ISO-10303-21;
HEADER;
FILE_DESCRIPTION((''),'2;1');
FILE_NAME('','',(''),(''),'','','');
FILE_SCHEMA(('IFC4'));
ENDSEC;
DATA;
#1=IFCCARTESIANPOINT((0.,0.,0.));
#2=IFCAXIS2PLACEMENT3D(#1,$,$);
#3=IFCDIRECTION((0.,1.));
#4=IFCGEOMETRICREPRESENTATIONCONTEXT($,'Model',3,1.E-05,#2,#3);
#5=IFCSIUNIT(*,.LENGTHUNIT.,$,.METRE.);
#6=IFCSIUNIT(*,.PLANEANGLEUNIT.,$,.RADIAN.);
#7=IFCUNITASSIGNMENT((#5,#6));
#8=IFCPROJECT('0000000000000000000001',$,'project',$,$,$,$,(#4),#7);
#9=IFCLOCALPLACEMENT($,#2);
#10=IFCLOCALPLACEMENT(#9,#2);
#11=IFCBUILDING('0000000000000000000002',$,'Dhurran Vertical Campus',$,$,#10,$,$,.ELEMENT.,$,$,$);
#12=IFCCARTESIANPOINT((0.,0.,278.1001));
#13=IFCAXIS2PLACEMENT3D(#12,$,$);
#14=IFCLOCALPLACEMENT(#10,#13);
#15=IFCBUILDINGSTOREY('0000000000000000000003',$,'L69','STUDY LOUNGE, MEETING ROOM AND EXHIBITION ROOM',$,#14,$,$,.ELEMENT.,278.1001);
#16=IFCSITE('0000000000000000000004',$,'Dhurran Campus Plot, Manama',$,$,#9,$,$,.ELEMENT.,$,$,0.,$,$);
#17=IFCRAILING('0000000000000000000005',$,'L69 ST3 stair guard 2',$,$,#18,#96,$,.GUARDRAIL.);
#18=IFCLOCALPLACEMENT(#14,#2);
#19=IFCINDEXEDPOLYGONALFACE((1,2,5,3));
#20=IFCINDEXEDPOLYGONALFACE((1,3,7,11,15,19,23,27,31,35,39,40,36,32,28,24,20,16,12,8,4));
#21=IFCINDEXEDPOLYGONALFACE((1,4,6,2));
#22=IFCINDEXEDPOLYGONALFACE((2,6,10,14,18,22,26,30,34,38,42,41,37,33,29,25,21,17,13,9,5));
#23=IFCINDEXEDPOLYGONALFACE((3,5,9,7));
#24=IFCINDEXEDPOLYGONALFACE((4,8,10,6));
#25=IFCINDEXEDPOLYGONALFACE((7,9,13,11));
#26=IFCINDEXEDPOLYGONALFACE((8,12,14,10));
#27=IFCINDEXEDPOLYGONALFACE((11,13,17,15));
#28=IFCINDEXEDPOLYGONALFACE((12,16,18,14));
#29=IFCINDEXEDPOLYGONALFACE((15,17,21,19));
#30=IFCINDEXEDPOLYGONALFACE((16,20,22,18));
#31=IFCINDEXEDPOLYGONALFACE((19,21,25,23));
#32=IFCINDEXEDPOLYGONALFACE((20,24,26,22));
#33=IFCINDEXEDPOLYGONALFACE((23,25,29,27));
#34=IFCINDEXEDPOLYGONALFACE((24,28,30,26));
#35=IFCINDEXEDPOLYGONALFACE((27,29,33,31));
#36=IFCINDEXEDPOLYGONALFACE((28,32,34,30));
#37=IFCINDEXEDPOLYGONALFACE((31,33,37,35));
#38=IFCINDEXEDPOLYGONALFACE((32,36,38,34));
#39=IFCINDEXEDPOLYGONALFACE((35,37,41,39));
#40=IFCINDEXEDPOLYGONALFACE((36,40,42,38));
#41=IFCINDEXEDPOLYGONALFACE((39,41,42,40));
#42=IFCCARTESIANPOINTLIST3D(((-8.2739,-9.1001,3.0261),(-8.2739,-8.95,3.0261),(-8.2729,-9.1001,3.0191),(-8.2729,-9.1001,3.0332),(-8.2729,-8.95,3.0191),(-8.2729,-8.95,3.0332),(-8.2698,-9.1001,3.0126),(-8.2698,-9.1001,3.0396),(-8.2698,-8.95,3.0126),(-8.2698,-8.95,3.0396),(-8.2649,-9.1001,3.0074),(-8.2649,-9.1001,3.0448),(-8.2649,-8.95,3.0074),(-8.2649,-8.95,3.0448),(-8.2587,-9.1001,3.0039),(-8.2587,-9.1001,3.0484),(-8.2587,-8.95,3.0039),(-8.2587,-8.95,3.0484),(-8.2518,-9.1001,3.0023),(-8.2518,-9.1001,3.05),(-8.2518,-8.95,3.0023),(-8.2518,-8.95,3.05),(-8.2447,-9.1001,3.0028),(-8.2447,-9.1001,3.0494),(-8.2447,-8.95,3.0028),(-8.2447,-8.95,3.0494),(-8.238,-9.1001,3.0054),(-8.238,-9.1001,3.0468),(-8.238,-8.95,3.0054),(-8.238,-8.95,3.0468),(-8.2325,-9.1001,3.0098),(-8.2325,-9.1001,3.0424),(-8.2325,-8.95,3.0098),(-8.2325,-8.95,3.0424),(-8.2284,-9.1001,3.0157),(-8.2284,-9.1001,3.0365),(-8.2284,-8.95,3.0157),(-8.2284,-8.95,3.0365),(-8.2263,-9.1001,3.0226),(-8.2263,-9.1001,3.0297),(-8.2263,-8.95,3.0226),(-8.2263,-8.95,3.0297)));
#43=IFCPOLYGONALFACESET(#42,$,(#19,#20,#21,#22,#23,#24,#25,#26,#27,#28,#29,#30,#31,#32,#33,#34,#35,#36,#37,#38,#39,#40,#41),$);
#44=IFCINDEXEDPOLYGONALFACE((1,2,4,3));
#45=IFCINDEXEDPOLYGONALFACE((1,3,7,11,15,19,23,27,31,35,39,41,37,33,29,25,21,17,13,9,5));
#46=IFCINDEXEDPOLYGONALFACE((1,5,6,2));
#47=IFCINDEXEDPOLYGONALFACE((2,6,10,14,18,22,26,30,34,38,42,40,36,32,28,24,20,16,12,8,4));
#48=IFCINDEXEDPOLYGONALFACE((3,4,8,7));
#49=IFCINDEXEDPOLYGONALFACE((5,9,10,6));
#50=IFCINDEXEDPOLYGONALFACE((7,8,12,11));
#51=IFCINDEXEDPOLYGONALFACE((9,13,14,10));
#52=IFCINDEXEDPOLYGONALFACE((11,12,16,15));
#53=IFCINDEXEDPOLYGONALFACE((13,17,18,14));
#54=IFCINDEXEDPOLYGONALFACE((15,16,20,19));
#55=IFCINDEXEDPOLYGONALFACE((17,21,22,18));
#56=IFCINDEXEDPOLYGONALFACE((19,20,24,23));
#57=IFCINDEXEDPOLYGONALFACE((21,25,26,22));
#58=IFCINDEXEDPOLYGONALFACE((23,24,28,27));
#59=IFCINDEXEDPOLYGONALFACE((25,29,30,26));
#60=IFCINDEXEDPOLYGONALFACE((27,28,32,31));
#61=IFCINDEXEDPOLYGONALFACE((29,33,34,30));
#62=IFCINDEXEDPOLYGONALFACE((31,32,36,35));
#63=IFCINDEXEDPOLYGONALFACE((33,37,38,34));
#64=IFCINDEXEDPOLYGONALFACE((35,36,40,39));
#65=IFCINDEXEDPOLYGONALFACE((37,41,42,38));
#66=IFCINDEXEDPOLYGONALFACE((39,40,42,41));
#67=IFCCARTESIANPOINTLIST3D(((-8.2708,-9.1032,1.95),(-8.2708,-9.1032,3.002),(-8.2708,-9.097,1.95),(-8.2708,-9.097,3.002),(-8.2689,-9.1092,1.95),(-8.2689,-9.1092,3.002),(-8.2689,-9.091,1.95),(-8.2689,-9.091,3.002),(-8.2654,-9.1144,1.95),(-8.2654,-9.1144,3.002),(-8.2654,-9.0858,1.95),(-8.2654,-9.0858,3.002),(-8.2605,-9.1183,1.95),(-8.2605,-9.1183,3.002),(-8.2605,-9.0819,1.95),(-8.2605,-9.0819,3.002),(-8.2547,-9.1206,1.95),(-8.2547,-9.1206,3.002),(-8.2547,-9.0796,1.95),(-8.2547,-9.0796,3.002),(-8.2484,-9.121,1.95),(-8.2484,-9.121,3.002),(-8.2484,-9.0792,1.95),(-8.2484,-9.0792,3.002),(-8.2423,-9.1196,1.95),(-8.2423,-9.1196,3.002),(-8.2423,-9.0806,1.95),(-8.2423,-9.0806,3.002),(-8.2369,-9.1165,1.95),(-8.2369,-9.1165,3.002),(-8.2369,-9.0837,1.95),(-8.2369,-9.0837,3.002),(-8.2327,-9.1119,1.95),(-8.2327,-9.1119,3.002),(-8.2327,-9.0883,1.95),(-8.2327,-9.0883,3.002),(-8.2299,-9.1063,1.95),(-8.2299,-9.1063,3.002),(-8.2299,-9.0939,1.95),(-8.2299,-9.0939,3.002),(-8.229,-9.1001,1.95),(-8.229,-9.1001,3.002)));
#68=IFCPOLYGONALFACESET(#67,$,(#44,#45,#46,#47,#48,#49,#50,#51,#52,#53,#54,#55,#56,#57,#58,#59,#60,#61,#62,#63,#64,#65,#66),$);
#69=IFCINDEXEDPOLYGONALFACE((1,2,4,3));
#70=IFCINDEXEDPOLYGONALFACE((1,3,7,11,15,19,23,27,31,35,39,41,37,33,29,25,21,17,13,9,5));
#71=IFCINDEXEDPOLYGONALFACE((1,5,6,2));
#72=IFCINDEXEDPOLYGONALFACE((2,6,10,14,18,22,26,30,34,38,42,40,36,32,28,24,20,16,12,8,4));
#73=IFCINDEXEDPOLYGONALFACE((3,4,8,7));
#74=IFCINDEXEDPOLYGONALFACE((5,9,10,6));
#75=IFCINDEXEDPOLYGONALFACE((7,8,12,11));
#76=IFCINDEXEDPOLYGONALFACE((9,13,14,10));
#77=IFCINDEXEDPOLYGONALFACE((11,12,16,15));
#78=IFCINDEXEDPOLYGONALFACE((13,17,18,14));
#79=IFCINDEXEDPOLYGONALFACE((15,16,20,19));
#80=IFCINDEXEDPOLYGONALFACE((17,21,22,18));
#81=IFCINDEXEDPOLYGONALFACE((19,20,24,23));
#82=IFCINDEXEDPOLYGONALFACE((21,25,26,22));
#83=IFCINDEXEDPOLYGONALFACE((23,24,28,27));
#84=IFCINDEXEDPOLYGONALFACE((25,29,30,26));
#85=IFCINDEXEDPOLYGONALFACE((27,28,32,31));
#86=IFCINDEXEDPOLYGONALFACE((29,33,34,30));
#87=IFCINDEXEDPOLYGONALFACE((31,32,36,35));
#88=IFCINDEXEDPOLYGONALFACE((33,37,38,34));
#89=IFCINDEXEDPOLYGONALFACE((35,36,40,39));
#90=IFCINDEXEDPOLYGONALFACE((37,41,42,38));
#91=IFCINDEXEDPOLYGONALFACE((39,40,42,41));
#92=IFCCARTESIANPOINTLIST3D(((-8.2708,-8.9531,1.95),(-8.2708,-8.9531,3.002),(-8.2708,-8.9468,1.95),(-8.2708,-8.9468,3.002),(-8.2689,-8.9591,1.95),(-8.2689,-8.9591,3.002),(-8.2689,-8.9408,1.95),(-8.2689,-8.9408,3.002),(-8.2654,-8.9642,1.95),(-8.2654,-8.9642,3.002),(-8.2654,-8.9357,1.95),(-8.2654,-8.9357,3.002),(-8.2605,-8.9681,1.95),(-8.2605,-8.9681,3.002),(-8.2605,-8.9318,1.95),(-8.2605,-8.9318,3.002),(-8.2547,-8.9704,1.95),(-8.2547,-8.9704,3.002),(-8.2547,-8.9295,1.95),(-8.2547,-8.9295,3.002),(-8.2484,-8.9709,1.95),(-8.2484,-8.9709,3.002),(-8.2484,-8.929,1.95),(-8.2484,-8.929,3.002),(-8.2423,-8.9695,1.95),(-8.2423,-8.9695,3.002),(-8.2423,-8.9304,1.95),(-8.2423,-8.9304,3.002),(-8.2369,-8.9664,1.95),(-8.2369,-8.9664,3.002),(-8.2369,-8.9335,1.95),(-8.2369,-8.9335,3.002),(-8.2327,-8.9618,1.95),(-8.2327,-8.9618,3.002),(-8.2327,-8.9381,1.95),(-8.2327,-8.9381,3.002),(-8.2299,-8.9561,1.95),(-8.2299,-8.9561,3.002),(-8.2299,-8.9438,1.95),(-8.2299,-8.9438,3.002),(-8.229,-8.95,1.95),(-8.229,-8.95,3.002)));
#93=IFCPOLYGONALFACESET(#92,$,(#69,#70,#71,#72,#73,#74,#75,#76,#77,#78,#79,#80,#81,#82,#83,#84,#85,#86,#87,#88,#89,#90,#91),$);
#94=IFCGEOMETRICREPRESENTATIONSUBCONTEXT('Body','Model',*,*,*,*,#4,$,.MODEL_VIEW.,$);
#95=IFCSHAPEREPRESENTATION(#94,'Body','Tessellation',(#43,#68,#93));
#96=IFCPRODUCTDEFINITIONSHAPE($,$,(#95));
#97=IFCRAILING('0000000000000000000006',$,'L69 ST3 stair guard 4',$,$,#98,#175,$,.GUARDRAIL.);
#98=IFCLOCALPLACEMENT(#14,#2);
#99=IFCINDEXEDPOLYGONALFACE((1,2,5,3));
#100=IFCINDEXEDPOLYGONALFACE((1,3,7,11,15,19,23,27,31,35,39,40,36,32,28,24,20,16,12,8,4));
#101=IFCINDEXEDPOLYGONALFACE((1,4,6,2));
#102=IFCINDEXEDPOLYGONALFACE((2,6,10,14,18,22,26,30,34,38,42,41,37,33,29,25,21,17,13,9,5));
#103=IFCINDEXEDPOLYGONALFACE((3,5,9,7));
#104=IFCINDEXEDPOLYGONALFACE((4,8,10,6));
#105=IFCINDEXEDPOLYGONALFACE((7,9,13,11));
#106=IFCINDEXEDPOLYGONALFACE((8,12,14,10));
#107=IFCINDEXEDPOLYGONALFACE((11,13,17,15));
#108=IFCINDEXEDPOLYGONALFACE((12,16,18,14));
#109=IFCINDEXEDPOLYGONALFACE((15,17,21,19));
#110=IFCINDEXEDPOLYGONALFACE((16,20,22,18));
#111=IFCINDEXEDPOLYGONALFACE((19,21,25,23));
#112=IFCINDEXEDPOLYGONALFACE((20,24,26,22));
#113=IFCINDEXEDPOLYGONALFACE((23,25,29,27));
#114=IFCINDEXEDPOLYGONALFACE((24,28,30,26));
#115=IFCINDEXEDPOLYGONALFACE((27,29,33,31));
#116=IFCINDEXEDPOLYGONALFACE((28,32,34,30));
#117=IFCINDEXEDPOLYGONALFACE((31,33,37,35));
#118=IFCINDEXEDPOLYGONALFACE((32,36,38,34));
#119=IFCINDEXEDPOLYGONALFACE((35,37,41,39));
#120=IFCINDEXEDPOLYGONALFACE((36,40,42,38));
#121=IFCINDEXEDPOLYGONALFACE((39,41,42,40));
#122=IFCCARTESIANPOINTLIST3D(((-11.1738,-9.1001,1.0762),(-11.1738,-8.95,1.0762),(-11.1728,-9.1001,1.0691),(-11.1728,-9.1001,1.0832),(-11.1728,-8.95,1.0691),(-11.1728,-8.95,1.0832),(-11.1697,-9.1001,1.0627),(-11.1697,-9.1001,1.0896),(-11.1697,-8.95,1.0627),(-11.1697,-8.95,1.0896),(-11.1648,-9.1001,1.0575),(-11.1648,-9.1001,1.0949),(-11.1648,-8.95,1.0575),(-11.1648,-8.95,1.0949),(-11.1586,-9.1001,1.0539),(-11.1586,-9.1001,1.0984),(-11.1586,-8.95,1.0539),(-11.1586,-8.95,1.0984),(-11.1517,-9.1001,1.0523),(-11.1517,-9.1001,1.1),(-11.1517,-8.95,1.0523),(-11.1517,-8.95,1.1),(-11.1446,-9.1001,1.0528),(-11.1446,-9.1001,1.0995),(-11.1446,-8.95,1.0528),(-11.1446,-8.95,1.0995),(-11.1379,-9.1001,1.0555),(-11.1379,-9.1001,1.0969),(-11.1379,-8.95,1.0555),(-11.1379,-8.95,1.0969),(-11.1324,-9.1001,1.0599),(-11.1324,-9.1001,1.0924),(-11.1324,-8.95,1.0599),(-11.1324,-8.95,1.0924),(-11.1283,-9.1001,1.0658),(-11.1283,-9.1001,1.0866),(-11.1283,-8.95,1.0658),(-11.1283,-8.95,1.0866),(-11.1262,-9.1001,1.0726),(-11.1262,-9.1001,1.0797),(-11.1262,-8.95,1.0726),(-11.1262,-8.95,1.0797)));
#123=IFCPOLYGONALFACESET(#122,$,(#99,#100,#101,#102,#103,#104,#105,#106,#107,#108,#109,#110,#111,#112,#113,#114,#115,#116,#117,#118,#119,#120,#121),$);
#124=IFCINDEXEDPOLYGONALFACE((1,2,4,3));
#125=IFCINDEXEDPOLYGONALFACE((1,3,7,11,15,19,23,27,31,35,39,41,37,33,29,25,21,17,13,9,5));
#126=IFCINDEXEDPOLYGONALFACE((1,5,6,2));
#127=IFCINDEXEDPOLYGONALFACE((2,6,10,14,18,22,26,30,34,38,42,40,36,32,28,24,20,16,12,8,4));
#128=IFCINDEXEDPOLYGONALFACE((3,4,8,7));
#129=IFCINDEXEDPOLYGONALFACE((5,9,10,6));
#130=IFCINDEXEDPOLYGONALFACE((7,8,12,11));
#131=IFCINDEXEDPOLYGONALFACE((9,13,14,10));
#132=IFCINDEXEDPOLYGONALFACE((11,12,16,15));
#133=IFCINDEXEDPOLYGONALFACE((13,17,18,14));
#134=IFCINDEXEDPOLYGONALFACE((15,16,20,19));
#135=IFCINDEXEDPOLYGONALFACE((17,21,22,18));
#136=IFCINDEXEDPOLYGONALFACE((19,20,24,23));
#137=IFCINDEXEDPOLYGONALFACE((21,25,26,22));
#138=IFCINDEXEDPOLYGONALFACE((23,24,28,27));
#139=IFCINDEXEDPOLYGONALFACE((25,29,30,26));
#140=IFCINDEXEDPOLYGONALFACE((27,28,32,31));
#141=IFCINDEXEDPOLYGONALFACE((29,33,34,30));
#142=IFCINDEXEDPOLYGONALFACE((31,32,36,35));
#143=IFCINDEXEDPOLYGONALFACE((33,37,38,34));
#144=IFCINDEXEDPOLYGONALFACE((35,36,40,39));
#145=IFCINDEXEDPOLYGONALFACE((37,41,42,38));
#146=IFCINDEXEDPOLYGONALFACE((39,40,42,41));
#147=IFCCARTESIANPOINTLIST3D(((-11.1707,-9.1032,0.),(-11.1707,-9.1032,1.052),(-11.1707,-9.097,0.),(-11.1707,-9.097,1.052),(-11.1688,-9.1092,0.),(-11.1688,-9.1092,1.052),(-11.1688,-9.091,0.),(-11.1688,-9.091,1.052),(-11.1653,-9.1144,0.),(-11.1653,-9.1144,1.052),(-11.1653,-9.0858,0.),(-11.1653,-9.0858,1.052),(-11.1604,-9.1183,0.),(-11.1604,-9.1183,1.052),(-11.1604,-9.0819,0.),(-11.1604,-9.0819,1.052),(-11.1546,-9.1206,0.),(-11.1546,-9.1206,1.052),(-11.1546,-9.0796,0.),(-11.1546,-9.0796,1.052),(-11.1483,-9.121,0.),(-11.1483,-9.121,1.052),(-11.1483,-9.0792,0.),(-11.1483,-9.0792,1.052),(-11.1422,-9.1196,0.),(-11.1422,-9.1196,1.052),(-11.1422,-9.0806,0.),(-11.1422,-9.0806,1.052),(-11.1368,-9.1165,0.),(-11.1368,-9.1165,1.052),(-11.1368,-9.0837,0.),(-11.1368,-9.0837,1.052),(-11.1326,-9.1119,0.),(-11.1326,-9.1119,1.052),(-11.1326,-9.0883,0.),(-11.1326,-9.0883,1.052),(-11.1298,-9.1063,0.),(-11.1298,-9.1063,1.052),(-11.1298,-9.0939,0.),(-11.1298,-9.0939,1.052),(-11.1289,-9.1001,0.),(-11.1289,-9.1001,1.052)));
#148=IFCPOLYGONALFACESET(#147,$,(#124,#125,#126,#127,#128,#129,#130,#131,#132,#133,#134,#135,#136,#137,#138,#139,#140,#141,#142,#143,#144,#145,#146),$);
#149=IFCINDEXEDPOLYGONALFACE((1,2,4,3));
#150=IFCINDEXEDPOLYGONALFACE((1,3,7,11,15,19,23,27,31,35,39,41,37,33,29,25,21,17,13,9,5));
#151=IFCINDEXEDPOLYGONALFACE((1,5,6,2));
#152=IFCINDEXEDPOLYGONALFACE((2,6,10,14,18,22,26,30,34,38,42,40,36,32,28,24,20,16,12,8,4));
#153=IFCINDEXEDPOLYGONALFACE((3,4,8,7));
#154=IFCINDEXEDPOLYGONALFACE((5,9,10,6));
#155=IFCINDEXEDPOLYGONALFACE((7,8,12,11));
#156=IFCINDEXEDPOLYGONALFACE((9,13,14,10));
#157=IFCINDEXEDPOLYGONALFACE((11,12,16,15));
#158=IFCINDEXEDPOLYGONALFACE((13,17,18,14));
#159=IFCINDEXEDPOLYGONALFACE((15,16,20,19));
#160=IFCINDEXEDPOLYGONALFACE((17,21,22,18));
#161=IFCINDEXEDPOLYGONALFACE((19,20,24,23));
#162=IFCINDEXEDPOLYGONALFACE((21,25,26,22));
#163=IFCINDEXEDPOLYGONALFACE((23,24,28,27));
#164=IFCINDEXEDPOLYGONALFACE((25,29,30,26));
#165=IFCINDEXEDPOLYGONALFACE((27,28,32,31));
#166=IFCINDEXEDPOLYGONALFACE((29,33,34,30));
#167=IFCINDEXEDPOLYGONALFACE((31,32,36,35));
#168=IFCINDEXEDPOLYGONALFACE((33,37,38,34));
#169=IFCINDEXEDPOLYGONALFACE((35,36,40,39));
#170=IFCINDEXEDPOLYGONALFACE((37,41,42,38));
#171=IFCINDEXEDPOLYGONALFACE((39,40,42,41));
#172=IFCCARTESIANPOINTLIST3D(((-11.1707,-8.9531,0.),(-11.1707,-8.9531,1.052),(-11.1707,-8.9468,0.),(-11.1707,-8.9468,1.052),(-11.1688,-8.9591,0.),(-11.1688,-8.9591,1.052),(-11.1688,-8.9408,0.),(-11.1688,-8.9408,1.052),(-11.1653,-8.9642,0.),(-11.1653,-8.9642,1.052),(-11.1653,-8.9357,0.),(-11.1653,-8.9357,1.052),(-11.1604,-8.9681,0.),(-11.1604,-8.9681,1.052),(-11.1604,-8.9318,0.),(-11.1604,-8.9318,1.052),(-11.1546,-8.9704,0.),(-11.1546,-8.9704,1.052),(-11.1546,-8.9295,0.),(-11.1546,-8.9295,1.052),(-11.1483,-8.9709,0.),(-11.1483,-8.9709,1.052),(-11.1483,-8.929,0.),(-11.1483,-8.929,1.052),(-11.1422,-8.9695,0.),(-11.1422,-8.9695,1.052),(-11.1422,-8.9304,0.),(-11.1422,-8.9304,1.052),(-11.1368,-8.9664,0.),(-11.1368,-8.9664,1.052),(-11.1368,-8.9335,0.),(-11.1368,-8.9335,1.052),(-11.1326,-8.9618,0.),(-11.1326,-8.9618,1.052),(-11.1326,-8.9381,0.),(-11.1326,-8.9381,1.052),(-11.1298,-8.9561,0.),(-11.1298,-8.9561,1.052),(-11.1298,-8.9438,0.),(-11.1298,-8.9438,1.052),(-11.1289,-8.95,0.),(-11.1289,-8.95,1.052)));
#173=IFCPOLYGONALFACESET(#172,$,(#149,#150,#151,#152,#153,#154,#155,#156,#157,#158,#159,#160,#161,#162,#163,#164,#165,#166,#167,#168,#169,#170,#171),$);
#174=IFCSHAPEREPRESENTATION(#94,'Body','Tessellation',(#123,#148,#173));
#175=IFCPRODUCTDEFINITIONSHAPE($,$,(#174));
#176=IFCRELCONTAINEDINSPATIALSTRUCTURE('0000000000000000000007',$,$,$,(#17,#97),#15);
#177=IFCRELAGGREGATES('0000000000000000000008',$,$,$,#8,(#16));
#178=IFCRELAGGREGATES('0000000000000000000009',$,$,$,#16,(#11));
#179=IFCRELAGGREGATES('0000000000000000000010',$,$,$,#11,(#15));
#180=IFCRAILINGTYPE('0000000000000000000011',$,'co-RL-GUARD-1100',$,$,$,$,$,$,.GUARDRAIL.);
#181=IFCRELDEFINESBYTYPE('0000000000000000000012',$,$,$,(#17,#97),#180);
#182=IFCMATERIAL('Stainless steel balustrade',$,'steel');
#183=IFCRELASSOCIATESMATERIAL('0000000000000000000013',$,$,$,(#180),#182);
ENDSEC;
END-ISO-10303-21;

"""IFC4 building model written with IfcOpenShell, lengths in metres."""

from ifc_helpers import new_model, si_unit, direction, frame, origin, origin_2d, place, context, subcontext, project, spatial, circle, extrude, material, type_object, element, save


model = new_model("IFC4")

# Units and contexts
model_context = context("Model", 3, precision=1e-05, world=origin(), true_north=direction((0.0, 1.0)))
body_context = subcontext(model_context, "Body", "Model", "MODEL_VIEW")
ifc_project = project(units=[si_unit("LENGTHUNIT", "METRE"), si_unit("PLANEANGLEUNIT", "RADIAN")], contexts=[model_context])

# Site, building, storey
site_placement = place(None, origin())
site = spatial("IfcSite", under=ifc_project, at=site_placement, Name="Dhurran Campus Plot, Manama", CompositionType="ELEMENT", RefElevation=0.0)
building_placement = place(site_placement, origin())
building = spatial("IfcBuilding", under=site, at=building_placement, Name="Dhurran Vertical Campus", CompositionType="ELEMENT")
storey_placement = place(building_placement, frame((0.0, 0.0, 278.1001)))
storey = spatial("IfcBuildingStorey", under=building, at=storey_placement, Name="L69", Description="STUDY LOUNGE, MEETING ROOM AND EXHIBITION ROOM", CompositionType="ELEMENT", Elevation=278.1001)

# Railings
ifc_material_1 = material(Name="Stainless steel balustrade", Category="steel")
railing_type_1 = type_object("IfcRailingType", Name="co-RL-GUARD-1100", PredefinedType="GUARDRAIL", material=ifc_material_1)
for number, where, name in (
    (1, (-8.25, -9.1001, 1.95), "L69 ST3 stair guard 2"),
    (2, (-11.1499, -9.1001, 0.0), "L69 ST3 stair guard 4"),
):
    element("IfcRailing", number, at=place(storey_placement, frame(where)), inside=storey, type_object=railing_type_1, Name=name, PredefinedType="GUARDRAIL", context=body_context, shape_type="SweptSolid", body=[
        extrude(circle(Radius=0.0239, at=origin_2d()), frame((0.0, 0.0, 1.0762), z_axis=(0.0, 1.0, 0.0), x_axis=(-1.0, 0.0, 0.0)), (0.0, 0.0, 1.0), 0.1501),
        extrude(circle(Radius=0.021, at=origin_2d()), origin(), (0.0, 0.0, 1.0), 1.052),
        extrude(circle(Radius=0.021, at=origin_2d()), frame((0.0, 0.1501, 0.0)), (0.0, 0.0, 1.0), 1.052),
    ])

save(model, "model.ifc")
